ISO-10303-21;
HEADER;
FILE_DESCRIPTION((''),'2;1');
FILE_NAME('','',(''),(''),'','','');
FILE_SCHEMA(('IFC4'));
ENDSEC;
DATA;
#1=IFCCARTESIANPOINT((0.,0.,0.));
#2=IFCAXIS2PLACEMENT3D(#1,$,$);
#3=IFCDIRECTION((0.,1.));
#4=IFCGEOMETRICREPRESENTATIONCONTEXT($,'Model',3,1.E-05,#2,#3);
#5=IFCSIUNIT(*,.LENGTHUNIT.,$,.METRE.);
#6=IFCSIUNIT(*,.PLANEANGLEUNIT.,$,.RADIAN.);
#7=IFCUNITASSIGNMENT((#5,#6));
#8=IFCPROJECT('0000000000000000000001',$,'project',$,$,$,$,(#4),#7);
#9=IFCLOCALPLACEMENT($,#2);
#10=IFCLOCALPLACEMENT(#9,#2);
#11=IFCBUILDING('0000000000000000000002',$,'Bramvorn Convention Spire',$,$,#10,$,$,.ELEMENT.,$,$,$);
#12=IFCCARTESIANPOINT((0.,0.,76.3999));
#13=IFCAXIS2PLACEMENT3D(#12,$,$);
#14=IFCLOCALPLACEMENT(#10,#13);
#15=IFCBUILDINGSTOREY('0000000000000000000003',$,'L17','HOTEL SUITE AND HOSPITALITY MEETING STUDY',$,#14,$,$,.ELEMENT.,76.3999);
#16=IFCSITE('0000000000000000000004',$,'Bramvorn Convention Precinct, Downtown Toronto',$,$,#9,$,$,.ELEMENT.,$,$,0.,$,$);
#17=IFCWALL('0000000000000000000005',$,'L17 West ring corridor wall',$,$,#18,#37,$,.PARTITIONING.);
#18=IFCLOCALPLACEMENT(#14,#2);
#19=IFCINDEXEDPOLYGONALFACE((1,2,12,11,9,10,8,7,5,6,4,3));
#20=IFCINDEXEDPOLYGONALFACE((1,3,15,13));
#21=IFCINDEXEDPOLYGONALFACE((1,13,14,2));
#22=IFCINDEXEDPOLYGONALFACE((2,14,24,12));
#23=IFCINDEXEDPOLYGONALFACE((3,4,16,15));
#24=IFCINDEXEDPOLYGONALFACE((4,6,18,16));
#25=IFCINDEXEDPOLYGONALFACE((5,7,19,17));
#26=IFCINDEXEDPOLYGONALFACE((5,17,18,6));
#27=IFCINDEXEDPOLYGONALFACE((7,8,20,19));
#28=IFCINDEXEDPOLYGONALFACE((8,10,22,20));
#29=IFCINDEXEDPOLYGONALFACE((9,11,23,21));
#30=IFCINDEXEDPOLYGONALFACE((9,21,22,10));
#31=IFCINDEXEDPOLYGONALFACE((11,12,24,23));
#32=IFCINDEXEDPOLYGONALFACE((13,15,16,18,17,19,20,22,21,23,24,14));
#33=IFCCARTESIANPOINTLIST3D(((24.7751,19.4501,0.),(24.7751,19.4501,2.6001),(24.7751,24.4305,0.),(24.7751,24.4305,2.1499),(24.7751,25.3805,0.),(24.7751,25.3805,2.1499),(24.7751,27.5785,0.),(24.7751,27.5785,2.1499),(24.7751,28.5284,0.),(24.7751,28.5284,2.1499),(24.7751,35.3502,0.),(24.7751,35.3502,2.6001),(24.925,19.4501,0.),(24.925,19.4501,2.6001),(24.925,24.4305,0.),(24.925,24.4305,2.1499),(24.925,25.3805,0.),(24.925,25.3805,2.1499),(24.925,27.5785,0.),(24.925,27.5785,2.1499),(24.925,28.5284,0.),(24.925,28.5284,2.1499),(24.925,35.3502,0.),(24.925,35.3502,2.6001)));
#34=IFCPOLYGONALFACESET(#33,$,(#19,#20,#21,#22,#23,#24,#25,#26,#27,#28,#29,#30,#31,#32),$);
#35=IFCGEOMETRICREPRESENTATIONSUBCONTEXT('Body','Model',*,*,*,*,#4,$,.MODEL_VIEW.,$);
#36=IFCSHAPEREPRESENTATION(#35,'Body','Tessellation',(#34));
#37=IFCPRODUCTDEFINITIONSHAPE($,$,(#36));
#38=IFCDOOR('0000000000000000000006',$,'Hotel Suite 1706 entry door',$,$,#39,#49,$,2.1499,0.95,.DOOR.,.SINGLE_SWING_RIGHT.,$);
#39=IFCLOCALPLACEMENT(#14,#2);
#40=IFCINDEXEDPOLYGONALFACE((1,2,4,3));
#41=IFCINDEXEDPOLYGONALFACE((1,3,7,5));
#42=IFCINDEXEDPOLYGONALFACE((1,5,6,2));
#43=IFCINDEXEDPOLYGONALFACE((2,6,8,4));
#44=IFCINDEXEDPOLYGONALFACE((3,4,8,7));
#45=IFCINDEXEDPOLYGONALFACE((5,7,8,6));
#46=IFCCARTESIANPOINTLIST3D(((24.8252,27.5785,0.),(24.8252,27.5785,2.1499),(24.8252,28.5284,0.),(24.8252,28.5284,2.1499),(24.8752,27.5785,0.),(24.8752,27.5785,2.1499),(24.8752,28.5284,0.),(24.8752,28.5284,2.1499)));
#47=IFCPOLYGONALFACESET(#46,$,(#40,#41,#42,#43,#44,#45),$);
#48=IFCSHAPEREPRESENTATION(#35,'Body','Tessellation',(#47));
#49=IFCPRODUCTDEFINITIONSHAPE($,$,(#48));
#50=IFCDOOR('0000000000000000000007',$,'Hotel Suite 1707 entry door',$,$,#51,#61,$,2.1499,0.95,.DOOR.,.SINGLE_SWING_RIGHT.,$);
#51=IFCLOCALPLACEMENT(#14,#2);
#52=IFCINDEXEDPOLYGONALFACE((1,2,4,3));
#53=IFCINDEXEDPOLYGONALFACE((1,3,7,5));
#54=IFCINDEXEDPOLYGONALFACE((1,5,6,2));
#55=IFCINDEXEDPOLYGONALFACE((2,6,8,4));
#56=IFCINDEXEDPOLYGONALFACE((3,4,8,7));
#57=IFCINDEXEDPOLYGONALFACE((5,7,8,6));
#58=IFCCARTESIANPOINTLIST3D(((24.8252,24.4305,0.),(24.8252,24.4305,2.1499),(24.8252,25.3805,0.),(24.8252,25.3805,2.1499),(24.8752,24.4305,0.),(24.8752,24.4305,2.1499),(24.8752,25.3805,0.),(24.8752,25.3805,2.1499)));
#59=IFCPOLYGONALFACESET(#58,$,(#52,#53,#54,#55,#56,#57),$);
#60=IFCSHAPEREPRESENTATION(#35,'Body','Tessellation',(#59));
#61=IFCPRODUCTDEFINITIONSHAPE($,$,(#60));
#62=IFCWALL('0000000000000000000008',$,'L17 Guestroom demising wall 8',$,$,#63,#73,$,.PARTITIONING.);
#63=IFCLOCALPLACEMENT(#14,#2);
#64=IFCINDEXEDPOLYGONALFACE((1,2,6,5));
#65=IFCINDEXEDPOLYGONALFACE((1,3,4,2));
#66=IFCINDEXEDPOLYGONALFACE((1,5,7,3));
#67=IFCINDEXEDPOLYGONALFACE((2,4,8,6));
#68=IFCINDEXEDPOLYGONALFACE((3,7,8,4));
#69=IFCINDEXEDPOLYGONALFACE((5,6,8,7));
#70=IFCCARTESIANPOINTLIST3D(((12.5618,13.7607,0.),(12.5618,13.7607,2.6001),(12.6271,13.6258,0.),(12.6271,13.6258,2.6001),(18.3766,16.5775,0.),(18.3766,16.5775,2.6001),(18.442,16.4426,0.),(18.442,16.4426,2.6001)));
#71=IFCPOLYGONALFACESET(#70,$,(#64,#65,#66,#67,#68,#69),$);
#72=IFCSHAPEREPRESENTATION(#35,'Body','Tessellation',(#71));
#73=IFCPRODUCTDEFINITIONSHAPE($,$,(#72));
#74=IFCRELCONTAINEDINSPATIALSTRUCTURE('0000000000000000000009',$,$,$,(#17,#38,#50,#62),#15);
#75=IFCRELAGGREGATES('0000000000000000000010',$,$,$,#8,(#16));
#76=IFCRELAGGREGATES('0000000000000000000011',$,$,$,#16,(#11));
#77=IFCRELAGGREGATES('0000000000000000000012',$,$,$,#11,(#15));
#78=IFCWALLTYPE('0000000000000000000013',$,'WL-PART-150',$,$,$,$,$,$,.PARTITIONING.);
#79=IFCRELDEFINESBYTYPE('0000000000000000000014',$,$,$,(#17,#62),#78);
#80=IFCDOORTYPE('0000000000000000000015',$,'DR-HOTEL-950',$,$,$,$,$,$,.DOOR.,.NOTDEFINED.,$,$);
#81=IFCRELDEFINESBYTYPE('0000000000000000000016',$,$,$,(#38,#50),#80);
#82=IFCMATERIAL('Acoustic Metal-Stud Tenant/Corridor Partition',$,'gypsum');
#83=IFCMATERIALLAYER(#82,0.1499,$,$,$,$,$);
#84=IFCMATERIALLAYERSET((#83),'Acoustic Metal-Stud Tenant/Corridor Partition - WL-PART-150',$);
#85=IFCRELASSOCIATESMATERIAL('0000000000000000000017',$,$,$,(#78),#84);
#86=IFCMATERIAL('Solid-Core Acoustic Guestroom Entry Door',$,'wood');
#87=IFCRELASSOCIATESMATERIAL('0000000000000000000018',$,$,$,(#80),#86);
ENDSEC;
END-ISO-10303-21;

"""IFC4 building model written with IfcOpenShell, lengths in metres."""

from ifc_helpers import new_model, si_unit, direction, frame, frame_2d, origin, place, context, subcontext, project, spatial, rectangle, extrude, material, layer, layer_set, type_object, element, fill, save


model = new_model("IFC4")

# Units and contexts
model_context = context("Model", 3, precision=1e-05, world=origin(), true_north=direction((0.0, 1.0)))
body_context = subcontext(model_context, "Body", "Model", "MODEL_VIEW")
ifc_project = project(units=[si_unit("LENGTHUNIT", "METRE"), si_unit("PLANEANGLEUNIT", "RADIAN")], contexts=[model_context])

# Site, building, storey
site_placement = place(None, origin())
site = spatial("IfcSite", under=ifc_project, at=site_placement, Name="Bramvorn Convention Precinct, Downtown Toronto", CompositionType="ELEMENT", RefElevation=0.0)
building_placement = place(site_placement, origin())
building = spatial("IfcBuilding", under=site, at=building_placement, Name="Bramvorn Convention Spire", CompositionType="ELEMENT")
storey_placement = place(building_placement, frame((0.0, 0.0, 76.3999)))
storey = spatial("IfcBuildingStorey", under=building, at=storey_placement, Name="L17", Description="HOTEL SUITE AND HOSPITALITY MEETING STUDY", CompositionType="ELEMENT", Elevation=76.3999)

# Wall, openings, doors
ifc_material_1 = material(Name="Acoustic Metal-Stud Tenant/Corridor Partition", Category="gypsum")
ifc_layer_1 = layer(ifc_material_1, 0.1499)
ifc_layer_set_1 = layer_set([ifc_layer_1], Name="Acoustic Metal-Stud Tenant/Corridor Partition - WL-PART-150")
wall_type_1 = type_object("IfcWallType", Name="WL-PART-150", PredefinedType="PARTITIONING", material=ifc_layer_set_1)
ifc_material_2 = material(Name="Solid-Core Acoustic Guestroom Entry Door", Category="wood")
door_type_1 = type_object("IfcDoorType", Name="DR-HOTEL-950", OperationType="NOTDEFINED", PredefinedType="DOOR", material=ifc_material_2)
wall_1_placement = place(storey_placement, frame((24.8501, 19.45, 0.0), z_axis=(0.0, 0.0, 1.0), x_axis=(0.0, 1.0, 0.0)))
wall_1 = element("IfcWall", 1, at=wall_1_placement, inside=storey, type_object=wall_type_1, Name="L17 West ring corridor wall", PredefinedType="PARTITIONING", context=body_context, shape_type="SweptSolid", body=[
    extrude(rectangle(XDim=15.9001, YDim=0.1499, at=frame_2d((7.9502, 0.0))), origin(), (0.0, 0.0, 1.0), 2.6001),
])
opening_1_placement = place(wall_1_placement, frame((8.1284, 0.0, 0.0)))
opening_1 = element("IfcOpeningElement", 2, at=opening_1_placement, cuts=wall_1, PredefinedType="OPENING", context=body_context, shape_type="SweptSolid", body=[
    extrude(rectangle(XDim=0.95, YDim=2.1499, at=frame_2d((0.4751, 1.075))), frame((0.0, 0.085, 0.0), z_axis=(0.0, -1.0, 0.0), x_axis=(1.0, 0.0, 0.0)), (0.0, 0.0, 1.0), 0.1699),
])
opening_2_placement = place(wall_1_placement, frame((4.9805, 0.0, 0.0)))
opening_2 = element("IfcOpeningElement", 3, at=opening_2_placement, cuts=wall_1, PredefinedType="OPENING", context=body_context, shape_type="SweptSolid", body=[
    extrude(rectangle(XDim=0.95, YDim=2.1499, at=frame_2d((0.4751, 1.075))), frame((0.0, 0.085, 0.0), z_axis=(0.0, -1.0, 0.0), x_axis=(1.0, 0.0, 0.0)), (0.0, 0.0, 1.0), 0.1699),
])
door_1_placement = place(opening_1_placement, origin())
door_1 = element("IfcDoor", 4, at=door_1_placement, inside=storey, type_object=door_type_1, Name="Hotel Suite 1706 entry door", OperationType="SINGLE_SWING_RIGHT", OverallHeight=2.1499, OverallWidth=0.95, PredefinedType="DOOR", context=body_context, shape_type="SweptSolid", body=[
    extrude(rectangle(XDim=0.95, YDim=2.1499, at=frame_2d((0.4751, 1.075))), frame((0.0, 0.0249, 0.0), z_axis=(0.0, -1.0, 0.0), x_axis=(1.0, 0.0, 0.0)), (0.0, 0.0, 1.0), 0.05),
])
fill(opening_1, door_1)
door_2_placement = place(opening_2_placement, origin())
door_2 = element("IfcDoor", 5, at=door_2_placement, inside=storey, type_object=door_type_1, Name="Hotel Suite 1707 entry door", OperationType="SINGLE_SWING_RIGHT", OverallHeight=2.1499, OverallWidth=0.95, PredefinedType="DOOR", context=body_context, shape_type="SweptSolid", body=[
    extrude(rectangle(XDim=0.95, YDim=2.1499, at=frame_2d((0.4751, 1.075))), frame((0.0, 0.0249, 0.0), z_axis=(0.0, -1.0, 0.0), x_axis=(1.0, 0.0, 0.0)), (0.0, 0.0, 1.0), 0.05),
])
fill(opening_2, door_2)

# Wall
wall_2_placement = place(storey_placement, frame((18.4092, 16.51, 0.0), z_axis=(0.0, 0.0, 1.0), x_axis=(-0.899964, -0.435964, 0.0)))
element("IfcWall", 6, at=wall_2_placement, inside=storey, type_object=wall_type_1, Name="L17 Guestroom demising wall 8", PredefinedType="PARTITIONING", context=body_context, shape_type="SweptSolid", body=[
    extrude(rectangle(XDim=6.4612, YDim=0.1499, at=frame_2d((3.2305, 0.0))), origin(), (0.0, 0.0, 1.0), 2.6001),
])

save(model, "model.ifc")
